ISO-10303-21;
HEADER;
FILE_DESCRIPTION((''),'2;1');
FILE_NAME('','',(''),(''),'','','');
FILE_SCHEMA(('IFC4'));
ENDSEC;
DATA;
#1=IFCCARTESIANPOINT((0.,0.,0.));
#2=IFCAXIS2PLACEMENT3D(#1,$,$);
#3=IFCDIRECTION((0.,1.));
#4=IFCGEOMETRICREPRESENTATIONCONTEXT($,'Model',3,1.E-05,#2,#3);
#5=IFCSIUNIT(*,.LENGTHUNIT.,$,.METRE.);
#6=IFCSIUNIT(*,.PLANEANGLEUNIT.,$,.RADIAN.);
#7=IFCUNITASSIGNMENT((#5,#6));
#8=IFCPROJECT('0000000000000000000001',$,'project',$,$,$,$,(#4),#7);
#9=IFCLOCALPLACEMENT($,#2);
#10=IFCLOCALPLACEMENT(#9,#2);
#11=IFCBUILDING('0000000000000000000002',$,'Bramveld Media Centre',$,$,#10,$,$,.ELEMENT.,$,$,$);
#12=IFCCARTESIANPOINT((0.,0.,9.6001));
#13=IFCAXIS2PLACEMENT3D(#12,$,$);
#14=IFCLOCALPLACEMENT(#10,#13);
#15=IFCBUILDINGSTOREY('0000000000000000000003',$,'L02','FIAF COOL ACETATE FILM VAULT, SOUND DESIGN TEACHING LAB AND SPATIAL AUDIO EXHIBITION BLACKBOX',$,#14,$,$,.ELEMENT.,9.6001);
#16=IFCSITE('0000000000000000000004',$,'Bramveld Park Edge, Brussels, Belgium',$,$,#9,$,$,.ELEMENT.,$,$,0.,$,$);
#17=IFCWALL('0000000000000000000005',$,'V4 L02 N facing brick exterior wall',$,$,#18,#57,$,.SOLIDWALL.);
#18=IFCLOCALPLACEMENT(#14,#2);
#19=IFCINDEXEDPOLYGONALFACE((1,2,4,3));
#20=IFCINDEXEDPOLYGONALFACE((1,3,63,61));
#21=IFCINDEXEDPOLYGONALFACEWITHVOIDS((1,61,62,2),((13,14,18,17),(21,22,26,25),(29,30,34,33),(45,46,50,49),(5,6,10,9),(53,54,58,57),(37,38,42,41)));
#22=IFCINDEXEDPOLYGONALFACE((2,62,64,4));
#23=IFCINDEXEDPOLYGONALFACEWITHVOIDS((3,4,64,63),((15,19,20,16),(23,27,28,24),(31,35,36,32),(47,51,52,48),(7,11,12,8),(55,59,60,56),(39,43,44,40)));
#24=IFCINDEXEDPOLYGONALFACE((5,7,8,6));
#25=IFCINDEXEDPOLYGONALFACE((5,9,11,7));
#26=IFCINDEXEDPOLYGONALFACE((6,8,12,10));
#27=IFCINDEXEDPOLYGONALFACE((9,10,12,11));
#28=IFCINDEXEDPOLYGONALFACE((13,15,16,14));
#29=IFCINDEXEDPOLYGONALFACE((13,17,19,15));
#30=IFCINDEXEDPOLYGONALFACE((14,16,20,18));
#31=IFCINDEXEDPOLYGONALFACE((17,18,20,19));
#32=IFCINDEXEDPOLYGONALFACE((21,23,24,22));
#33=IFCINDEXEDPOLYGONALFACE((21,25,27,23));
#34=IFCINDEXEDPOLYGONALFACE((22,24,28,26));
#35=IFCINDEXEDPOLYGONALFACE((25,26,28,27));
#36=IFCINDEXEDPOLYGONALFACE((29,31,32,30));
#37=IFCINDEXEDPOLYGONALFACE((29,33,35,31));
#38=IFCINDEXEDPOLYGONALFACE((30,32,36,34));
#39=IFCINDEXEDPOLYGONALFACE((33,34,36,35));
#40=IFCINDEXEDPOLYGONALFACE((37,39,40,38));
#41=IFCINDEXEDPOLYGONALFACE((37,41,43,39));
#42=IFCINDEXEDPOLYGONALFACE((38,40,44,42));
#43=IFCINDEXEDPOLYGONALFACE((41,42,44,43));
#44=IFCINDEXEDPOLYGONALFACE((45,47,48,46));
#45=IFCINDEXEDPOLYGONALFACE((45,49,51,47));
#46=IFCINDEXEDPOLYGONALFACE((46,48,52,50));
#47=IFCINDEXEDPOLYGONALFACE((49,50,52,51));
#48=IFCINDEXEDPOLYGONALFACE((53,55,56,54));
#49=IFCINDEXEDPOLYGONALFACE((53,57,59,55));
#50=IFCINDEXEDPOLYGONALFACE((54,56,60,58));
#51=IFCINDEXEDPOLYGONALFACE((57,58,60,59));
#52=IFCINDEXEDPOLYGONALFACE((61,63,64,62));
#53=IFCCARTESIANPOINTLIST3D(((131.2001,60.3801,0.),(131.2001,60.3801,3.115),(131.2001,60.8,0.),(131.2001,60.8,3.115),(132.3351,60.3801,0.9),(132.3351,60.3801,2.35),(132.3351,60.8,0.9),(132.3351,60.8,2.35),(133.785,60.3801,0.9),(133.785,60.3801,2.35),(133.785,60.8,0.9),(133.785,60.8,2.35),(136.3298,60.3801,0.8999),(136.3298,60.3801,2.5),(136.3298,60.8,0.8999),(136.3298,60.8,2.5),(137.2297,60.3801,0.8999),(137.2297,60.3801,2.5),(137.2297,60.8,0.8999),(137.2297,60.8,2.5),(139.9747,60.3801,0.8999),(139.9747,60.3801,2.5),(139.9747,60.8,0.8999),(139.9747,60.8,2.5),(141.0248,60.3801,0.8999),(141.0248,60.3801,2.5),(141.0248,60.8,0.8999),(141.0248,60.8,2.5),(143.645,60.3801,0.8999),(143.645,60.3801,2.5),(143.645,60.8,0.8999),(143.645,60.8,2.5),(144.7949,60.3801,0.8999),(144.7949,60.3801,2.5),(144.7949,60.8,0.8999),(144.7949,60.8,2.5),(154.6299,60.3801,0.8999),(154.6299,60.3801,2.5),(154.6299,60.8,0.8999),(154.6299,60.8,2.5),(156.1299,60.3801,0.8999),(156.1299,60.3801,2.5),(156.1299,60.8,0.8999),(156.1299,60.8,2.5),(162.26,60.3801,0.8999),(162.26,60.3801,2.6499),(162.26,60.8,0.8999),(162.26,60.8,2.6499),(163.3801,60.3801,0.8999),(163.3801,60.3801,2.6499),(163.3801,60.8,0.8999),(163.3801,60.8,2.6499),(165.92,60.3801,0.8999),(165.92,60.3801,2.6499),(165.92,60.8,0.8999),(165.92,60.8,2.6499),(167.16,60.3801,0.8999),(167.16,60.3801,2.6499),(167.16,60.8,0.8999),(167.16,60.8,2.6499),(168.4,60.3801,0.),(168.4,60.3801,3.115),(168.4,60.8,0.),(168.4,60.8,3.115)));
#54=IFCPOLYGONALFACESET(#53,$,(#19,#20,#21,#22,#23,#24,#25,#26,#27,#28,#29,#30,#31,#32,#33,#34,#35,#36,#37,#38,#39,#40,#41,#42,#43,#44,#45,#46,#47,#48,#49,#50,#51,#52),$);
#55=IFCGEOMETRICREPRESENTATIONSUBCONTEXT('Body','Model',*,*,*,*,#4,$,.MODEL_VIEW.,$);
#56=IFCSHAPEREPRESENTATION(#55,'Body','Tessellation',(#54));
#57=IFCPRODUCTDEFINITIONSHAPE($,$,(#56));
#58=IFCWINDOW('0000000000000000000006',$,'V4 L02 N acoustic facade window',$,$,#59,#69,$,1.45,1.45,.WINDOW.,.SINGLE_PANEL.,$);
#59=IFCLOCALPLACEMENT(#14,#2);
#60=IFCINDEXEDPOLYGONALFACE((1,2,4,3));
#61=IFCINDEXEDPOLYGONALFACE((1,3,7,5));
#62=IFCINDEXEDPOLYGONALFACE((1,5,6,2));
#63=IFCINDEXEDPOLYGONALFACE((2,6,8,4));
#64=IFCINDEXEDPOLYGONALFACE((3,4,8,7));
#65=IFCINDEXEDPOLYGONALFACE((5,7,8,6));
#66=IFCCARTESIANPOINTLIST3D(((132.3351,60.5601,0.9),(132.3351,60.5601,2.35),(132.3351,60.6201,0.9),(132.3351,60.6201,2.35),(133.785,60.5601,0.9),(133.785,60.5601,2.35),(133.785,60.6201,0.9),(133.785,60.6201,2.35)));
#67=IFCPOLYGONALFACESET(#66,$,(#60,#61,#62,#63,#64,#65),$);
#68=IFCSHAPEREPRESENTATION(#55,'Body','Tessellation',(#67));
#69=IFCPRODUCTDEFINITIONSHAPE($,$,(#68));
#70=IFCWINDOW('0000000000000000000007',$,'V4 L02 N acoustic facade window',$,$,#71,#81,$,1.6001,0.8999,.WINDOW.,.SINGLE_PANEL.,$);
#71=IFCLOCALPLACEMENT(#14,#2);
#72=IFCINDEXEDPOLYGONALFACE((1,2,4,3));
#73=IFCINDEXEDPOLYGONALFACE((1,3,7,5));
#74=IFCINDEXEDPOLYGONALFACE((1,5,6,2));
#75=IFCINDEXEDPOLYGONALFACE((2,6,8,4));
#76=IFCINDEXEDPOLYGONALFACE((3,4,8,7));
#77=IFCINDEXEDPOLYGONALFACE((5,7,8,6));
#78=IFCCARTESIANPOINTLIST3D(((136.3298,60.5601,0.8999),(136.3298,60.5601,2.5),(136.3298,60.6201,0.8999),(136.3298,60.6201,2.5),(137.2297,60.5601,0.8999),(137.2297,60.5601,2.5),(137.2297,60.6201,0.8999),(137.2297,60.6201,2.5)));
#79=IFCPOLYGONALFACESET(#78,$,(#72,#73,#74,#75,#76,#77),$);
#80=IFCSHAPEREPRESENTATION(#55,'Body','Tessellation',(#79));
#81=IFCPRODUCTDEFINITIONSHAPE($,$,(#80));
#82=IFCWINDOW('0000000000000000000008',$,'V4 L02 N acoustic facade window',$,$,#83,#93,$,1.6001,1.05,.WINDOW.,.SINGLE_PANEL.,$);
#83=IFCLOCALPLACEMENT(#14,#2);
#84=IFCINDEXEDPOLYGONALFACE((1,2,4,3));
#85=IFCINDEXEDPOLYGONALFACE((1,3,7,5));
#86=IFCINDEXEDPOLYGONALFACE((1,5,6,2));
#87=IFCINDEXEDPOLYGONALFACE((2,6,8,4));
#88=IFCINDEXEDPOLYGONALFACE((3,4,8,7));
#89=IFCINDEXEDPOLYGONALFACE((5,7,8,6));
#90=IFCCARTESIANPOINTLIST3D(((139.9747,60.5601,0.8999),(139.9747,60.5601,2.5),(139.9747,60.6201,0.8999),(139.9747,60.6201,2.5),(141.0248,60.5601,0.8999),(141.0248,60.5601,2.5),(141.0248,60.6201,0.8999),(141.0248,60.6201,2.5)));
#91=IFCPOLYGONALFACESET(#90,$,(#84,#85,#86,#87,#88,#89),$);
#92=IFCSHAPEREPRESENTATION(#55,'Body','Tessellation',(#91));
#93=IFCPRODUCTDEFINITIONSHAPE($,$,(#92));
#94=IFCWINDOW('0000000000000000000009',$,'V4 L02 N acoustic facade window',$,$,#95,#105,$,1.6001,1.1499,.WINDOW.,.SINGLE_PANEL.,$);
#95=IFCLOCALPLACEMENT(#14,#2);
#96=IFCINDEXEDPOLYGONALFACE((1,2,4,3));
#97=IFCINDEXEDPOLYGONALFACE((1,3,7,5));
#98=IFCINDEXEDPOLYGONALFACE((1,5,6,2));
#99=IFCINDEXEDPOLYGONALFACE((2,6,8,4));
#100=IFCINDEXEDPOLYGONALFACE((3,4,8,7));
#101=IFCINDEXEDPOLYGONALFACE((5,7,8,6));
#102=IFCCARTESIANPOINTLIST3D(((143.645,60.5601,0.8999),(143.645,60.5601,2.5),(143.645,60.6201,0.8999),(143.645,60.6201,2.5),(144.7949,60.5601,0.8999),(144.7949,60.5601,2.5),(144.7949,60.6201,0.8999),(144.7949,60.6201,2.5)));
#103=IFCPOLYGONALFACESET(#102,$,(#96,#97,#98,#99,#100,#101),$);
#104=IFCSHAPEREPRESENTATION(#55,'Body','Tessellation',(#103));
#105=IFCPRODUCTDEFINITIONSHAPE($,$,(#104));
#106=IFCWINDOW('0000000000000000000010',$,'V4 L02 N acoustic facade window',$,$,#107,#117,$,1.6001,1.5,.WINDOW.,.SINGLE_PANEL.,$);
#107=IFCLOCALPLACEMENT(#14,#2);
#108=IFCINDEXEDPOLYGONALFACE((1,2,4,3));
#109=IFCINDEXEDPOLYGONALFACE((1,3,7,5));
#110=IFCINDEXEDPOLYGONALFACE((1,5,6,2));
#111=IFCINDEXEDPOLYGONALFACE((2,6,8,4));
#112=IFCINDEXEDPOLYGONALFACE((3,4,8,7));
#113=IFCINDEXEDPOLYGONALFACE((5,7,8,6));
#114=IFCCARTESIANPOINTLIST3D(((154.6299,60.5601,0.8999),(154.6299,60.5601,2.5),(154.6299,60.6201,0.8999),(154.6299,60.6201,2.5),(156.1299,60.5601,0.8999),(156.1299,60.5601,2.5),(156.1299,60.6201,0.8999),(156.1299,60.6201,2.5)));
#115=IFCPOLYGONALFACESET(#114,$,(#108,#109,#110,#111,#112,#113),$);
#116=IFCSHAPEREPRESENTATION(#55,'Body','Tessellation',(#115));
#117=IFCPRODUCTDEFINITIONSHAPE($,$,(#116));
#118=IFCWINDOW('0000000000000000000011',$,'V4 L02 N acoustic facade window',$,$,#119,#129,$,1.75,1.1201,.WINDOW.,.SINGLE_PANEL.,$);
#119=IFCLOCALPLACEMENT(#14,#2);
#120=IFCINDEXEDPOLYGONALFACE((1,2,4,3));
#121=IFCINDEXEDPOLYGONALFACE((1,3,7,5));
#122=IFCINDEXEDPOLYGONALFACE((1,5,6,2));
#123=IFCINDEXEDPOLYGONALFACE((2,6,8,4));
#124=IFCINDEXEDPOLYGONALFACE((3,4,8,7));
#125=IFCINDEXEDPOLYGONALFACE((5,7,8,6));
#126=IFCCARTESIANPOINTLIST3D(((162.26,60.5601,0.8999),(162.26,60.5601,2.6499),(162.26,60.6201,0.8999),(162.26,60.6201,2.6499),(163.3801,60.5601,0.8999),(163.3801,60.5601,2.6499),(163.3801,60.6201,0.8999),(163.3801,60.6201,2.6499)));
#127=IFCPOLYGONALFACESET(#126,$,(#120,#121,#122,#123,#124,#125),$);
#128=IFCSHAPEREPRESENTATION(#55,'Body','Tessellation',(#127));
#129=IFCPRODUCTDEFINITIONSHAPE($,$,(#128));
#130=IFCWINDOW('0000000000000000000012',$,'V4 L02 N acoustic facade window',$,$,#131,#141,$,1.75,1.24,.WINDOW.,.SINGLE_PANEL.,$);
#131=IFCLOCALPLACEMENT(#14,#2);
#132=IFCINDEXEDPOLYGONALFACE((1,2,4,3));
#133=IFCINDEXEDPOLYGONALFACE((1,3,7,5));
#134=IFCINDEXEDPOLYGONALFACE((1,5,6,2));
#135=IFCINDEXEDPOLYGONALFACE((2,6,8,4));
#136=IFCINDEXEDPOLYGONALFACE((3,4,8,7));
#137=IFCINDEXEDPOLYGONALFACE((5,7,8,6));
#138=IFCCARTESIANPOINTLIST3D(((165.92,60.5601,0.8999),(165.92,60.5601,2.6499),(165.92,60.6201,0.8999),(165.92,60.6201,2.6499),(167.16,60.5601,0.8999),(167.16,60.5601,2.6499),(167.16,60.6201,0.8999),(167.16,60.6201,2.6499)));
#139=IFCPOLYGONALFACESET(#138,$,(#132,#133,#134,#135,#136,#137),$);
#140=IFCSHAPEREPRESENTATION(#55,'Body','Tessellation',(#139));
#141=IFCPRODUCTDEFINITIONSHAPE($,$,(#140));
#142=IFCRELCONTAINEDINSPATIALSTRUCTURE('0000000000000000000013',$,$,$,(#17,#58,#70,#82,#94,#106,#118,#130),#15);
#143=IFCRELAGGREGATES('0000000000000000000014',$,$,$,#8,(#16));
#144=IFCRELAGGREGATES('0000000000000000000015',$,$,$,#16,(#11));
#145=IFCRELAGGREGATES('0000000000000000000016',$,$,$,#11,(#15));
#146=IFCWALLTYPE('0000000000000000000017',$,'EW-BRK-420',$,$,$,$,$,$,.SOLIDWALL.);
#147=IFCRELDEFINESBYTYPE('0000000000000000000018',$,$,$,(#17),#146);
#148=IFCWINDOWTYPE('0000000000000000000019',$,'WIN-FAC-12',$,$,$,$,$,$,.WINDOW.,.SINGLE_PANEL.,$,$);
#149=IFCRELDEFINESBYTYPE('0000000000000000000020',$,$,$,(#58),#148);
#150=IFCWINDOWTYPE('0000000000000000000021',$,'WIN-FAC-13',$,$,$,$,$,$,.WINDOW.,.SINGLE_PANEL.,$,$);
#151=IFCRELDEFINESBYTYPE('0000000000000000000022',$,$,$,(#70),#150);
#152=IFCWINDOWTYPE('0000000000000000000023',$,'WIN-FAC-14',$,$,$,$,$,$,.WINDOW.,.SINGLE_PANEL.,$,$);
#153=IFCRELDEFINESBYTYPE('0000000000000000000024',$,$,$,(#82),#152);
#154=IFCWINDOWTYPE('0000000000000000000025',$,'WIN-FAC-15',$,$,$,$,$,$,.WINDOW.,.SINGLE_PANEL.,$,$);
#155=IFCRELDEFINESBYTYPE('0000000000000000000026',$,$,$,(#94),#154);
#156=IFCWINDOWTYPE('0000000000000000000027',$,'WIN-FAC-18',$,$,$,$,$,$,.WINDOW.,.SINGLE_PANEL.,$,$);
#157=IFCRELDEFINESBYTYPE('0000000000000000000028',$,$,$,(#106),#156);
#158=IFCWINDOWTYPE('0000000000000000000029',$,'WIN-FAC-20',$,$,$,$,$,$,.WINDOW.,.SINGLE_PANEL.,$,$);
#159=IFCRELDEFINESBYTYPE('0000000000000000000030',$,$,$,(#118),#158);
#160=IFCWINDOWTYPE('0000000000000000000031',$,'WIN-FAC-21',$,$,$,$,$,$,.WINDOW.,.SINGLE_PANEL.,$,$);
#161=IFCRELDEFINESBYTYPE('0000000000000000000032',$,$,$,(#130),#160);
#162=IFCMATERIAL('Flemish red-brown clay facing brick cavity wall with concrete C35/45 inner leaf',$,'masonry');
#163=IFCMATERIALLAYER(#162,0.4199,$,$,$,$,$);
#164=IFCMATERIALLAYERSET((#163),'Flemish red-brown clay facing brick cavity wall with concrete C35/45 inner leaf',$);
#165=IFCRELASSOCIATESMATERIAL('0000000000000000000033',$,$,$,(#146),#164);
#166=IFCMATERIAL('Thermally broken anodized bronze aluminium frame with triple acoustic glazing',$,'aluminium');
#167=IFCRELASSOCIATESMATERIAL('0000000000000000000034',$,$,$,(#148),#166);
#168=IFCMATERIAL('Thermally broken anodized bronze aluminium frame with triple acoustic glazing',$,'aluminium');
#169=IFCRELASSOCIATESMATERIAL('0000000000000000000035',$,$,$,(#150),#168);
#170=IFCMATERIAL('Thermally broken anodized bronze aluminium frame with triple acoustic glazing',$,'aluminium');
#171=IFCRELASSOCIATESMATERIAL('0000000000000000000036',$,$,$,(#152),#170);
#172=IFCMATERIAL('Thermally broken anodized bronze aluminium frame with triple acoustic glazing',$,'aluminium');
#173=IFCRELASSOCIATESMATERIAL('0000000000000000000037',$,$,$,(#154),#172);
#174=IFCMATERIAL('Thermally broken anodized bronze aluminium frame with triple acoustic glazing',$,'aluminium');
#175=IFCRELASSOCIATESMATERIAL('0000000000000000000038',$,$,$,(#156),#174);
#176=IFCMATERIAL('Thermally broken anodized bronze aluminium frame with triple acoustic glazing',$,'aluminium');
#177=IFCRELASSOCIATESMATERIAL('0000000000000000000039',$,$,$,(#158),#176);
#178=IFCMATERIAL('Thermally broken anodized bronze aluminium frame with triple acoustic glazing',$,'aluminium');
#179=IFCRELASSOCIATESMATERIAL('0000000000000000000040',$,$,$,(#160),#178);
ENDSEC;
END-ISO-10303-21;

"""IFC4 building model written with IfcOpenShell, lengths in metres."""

from ifc_helpers import new_model, si_unit, direction, frame, frame_2d, origin, place, context, subcontext, project, spatial, rectangle, extrude, material, layer, layer_set, type_object, element, fill, save


model = new_model("IFC4")

# Units and contexts
model_context = context("Model", 3, precision=1e-05, world=origin(), true_north=direction((0.0, 1.0)))
body_context = subcontext(model_context, "Body", "Model", "MODEL_VIEW")
ifc_project = project(units=[si_unit("LENGTHUNIT", "METRE"), si_unit("PLANEANGLEUNIT", "RADIAN")], contexts=[model_context])

# Site, building, storey
site_placement = place(None, origin())
site = spatial("IfcSite", under=ifc_project, at=site_placement, Name="Bramveld Park Edge, Brussels, Belgium", CompositionType="ELEMENT", RefElevation=0.0)
building_placement = place(site_placement, origin())
building = spatial("IfcBuilding", under=site, at=building_placement, Name="Bramveld Media Centre", CompositionType="ELEMENT")
storey_placement = place(building_placement, frame((0.0, 0.0, 9.6001)))
storey = spatial("IfcBuildingStorey", under=building, at=storey_placement, Name="L02", Description="FIAF COOL ACETATE FILM VAULT, SOUND DESIGN TEACHING LAB AND SPATIAL AUDIO EXHIBITION BLACKBOX", CompositionType="ELEMENT", Elevation=9.6001)

# Wall, openings, windows
ifc_material_1 = material(Name="Flemish red-brown clay facing brick cavity wall with concrete C35/45 inner leaf", Category="masonry")
ifc_layer_1 = layer(ifc_material_1, 0.4199)
ifc_layer_set_1 = layer_set([ifc_layer_1], Name="Flemish red-brown clay facing brick cavity wall with concrete C35/45 inner leaf")
wall_type_1 = type_object("IfcWallType", Name="EW-BRK-420", PredefinedType="SOLIDWALL", material=ifc_layer_set_1)
wall_1_placement = place(storey_placement, frame((131.2, 60.5901, 0.0), z_axis=(0.0, 0.0, 1.0), x_axis=(1.0, 0.0, 0.0)))
wall_1 = element("IfcWall", 1, at=wall_1_placement, inside=storey, type_object=wall_type_1, Name="V4 L02 N facing brick exterior wall", PredefinedType="SOLIDWALL", context=body_context, shape_type="SweptSolid", body=[
    extrude(rectangle(XDim=37.2, YDim=0.4199, at=frame_2d((18.6001, 0.0))), origin(), (0.0, 0.0, 1.0), 3.115),
])
opening_1_placement = place(wall_1_placement, frame((1.135, 0.0, 0.8999)))
opening_1 = element("IfcOpeningElement", 2, at=opening_1_placement, cuts=wall_1, PredefinedType="OPENING", context=body_context, shape_type="SweptSolid", body=[
    extrude(rectangle(XDim=1.45, YDim=1.45, at=frame_2d((0.7251, 0.7251))), frame((0.0, 0.2219, 0.0), z_axis=(0.0, -1.0, 0.0), x_axis=(1.0, 0.0, 0.0)), (0.0, 0.0, 1.0), 0.4438),
])
opening_2_placement = place(wall_1_placement, frame((5.1299, 0.0, 0.8999)))
opening_2 = element("IfcOpeningElement", 3, at=opening_2_placement, cuts=wall_1, PredefinedType="OPENING", context=body_context, shape_type="SweptSolid", body=[
    extrude(rectangle(XDim=0.8999, YDim=1.6001, at=frame_2d((0.45, 0.8))), frame((0.0, 0.2219, 0.0), z_axis=(0.0, -1.0, 0.0), x_axis=(1.0, 0.0, 0.0)), (0.0, 0.0, 1.0), 0.4438),
])
opening_3_placement = place(wall_1_placement, frame((8.7749, 0.0, 0.8999)))
opening_3 = element("IfcOpeningElement", 4, at=opening_3_placement, cuts=wall_1, PredefinedType="OPENING", context=body_context, shape_type="SweptSolid", body=[
    extrude(rectangle(XDim=1.05, YDim=1.6001, at=frame_2d((0.5249, 0.8))), frame((0.0, 0.2219, 0.0), z_axis=(0.0, -1.0, 0.0), x_axis=(1.0, 0.0, 0.0)), (0.0, 0.0, 1.0), 0.4438),
])
opening_4_placement = place(wall_1_placement, frame((12.4451, 0.0, 0.8999)))
opening_4 = element("IfcOpeningElement", 5, at=opening_4_placement, cuts=wall_1, PredefinedType="OPENING", context=body_context, shape_type="SweptSolid", body=[
    extrude(rectangle(XDim=1.1499, YDim=1.6001, at=frame_2d((0.575, 0.8))), frame((0.0, 0.2219, 0.0), z_axis=(0.0, -1.0, 0.0), x_axis=(1.0, 0.0, 0.0)), (0.0, 0.0, 1.0), 0.4438),
])
opening_5_placement = place(wall_1_placement, frame((23.4299, 0.0, 0.8999)))
opening_5 = element("IfcOpeningElement", 6, at=opening_5_placement, cuts=wall_1, PredefinedType="OPENING", context=body_context, shape_type="SweptSolid", body=[
    extrude(rectangle(XDim=1.5, YDim=1.6001, at=frame_2d((0.75, 0.8))), frame((0.0, 0.2219, 0.0), z_axis=(0.0, -1.0, 0.0), x_axis=(1.0, 0.0, 0.0)), (0.0, 0.0, 1.0), 0.4438),
])
opening_6_placement = place(wall_1_placement, frame((31.0601, 0.0, 0.8999)))
opening_6 = element("IfcOpeningElement", 7, at=opening_6_placement, cuts=wall_1, PredefinedType="OPENING", context=body_context, shape_type="SweptSolid", body=[
    extrude(rectangle(XDim=1.1201, YDim=1.75, at=frame_2d((0.5601, 0.875))), frame((0.0, 0.2219, 0.0), z_axis=(0.0, -1.0, 0.0), x_axis=(1.0, 0.0, 0.0)), (0.0, 0.0, 1.0), 0.4438),
])
opening_7_placement = place(wall_1_placement, frame((34.72, 0.0, 0.8999)))
opening_7 = element("IfcOpeningElement", 8, at=opening_7_placement, cuts=wall_1, PredefinedType="OPENING", context=body_context, shape_type="SweptSolid", body=[
    extrude(rectangle(XDim=1.24, YDim=1.75, at=frame_2d((0.6201, 0.875))), frame((0.0, 0.2219, 0.0), z_axis=(0.0, -1.0, 0.0), x_axis=(1.0, 0.0, 0.0)), (0.0, 0.0, 1.0), 0.4438),
])
ifc_material_2 = material(Name="Thermally broken anodized bronze aluminium frame with triple acoustic glazing", Category="aluminium")
window_type_1 = type_object("IfcWindowType", Name="WIN-FAC-12", PartitioningType="SINGLE_PANEL", PredefinedType="WINDOW", material=ifc_material_2)
window_1_placement = place(opening_1_placement, origin())
window_1 = element("IfcWindow", 9, at=window_1_placement, inside=storey, type_object=window_type_1, Name="V4 L02 N acoustic facade window", OverallHeight=1.45, OverallWidth=1.45, PartitioningType="SINGLE_PANEL", PredefinedType="WINDOW", context=body_context, shape_type="SweptSolid", body=[
    extrude(rectangle(XDim=1.45, YDim=1.45, at=frame_2d((0.7251, 0.7251))), frame((0.0, 0.03, 0.0), z_axis=(0.0, -1.0, 0.0), x_axis=(1.0, 0.0, 0.0)), (0.0, 0.0, 1.0), 0.0601),
])
fill(opening_1, window_1)
ifc_material_3 = material(Name="Thermally broken anodized bronze aluminium frame with triple acoustic glazing", Category="aluminium")
window_type_2 = type_object("IfcWindowType", Name="WIN-FAC-13", PartitioningType="SINGLE_PANEL", PredefinedType="WINDOW", material=ifc_material_3)
window_2_placement = place(opening_2_placement, origin())
window_2 = element("IfcWindow", 10, at=window_2_placement, inside=storey, type_object=window_type_2, Name="V4 L02 N acoustic facade window", OverallHeight=1.6001, OverallWidth=0.8999, PartitioningType="SINGLE_PANEL", PredefinedType="WINDOW", context=body_context, shape_type="SweptSolid", body=[
    extrude(rectangle(XDim=0.8999, YDim=1.6001, at=frame_2d((0.45, 0.8))), frame((0.0, 0.03, 0.0), z_axis=(0.0, -1.0, 0.0), x_axis=(1.0, 0.0, 0.0)), (0.0, 0.0, 1.0), 0.0601),
])
fill(opening_2, window_2)
ifc_material_4 = material(Name="Thermally broken anodized bronze aluminium frame with triple acoustic glazing", Category="aluminium")
window_type_3 = type_object("IfcWindowType", Name="WIN-FAC-14", PartitioningType="SINGLE_PANEL", PredefinedType="WINDOW", material=ifc_material_4)
window_3_placement = place(opening_3_placement, origin())
window_3 = element("IfcWindow", 11, at=window_3_placement, inside=storey, type_object=window_type_3, Name="V4 L02 N acoustic facade window", OverallHeight=1.6001, OverallWidth=1.05, PartitioningType="SINGLE_PANEL", PredefinedType="WINDOW", context=body_context, shape_type="SweptSolid", body=[
    extrude(rectangle(XDim=1.05, YDim=1.6001, at=frame_2d((0.5249, 0.8))), frame((0.0, 0.03, 0.0), z_axis=(0.0, -1.0, 0.0), x_axis=(1.0, 0.0, 0.0)), (0.0, 0.0, 1.0), 0.0601),
])
fill(opening_3, window_3)
ifc_material_5 = material(Name="Thermally broken anodized bronze aluminium frame with triple acoustic glazing", Category="aluminium")
window_type_4 = type_object("IfcWindowType", Name="WIN-FAC-15", PartitioningType="SINGLE_PANEL", PredefinedType="WINDOW", material=ifc_material_5)
window_4_placement = place(opening_4_placement, origin())
window_4 = element("IfcWindow", 12, at=window_4_placement, inside=storey, type_object=window_type_4, Name="V4 L02 N acoustic facade window", OverallHeight=1.6001, OverallWidth=1.1499, PartitioningType="SINGLE_PANEL", PredefinedType="WINDOW", context=body_context, shape_type="SweptSolid", body=[
    extrude(rectangle(XDim=1.1499, YDim=1.6001, at=frame_2d((0.575, 0.8))), frame((0.0, 0.03, 0.0), z_axis=(0.0, -1.0, 0.0), x_axis=(1.0, 0.0, 0.0)), (0.0, 0.0, 1.0), 0.0601),
])
fill(opening_4, window_4)
ifc_material_6 = material(Name="Thermally broken anodized bronze aluminium frame with triple acoustic glazing", Category="aluminium")
window_type_5 = type_object("IfcWindowType", Name="WIN-FAC-18", PartitioningType="SINGLE_PANEL", PredefinedType="WINDOW", material=ifc_material_6)
window_5_placement = place(opening_5_placement, origin())
window_5 = element("IfcWindow", 13, at=window_5_placement, inside=storey, type_object=window_type_5, Name="V4 L02 N acoustic facade window", OverallHeight=1.6001, OverallWidth=1.5, PartitioningType="SINGLE_PANEL", PredefinedType="WINDOW", context=body_context, shape_type="SweptSolid", body=[
    extrude(rectangle(XDim=1.5, YDim=1.6001, at=frame_2d((0.75, 0.8))), frame((0.0, 0.03, 0.0), z_axis=(0.0, -1.0, 0.0), x_axis=(1.0, 0.0, 0.0)), (0.0, 0.0, 1.0), 0.0601),
])
fill(opening_5, window_5)
ifc_material_7 = material(Name="Thermally broken anodized bronze aluminium frame with triple acoustic glazing", Category="aluminium")
window_type_6 = type_object("IfcWindowType", Name="WIN-FAC-20", PartitioningType="SINGLE_PANEL", PredefinedType="WINDOW", material=ifc_material_7)
window_6_placement = place(opening_6_placement, origin())
window_6 = element("IfcWindow", 14, at=window_6_placement, inside=storey, type_object=window_type_6, Name="V4 L02 N acoustic facade window", OverallHeight=1.75, OverallWidth=1.1201, PartitioningType="SINGLE_PANEL", PredefinedType="WINDOW", context=body_context, shape_type="SweptSolid", body=[
    extrude(rectangle(XDim=1.1201, YDim=1.75, at=frame_2d((0.5601, 0.875))), frame((0.0, 0.03, 0.0), z_axis=(0.0, -1.0, 0.0), x_axis=(1.0, 0.0, 0.0)), (0.0, 0.0, 1.0), 0.0601),
])
fill(opening_6, window_6)
ifc_material_8 = material(Name="Thermally broken anodized bronze aluminium frame with triple acoustic glazing", Category="aluminium")
window_type_7 = type_object("IfcWindowType", Name="WIN-FAC-21", PartitioningType="SINGLE_PANEL", PredefinedType="WINDOW", material=ifc_material_8)
window_7_placement = place(opening_7_placement, origin())
window_7 = element("IfcWindow", 15, at=window_7_placement, inside=storey, type_object=window_type_7, Name="V4 L02 N acoustic facade window", OverallHeight=1.75, OverallWidth=1.24, PartitioningType="SINGLE_PANEL", PredefinedType="WINDOW", context=body_context, shape_type="SweptSolid", body=[
    extrude(rectangle(XDim=1.24, YDim=1.75, at=frame_2d((0.6201, 0.875))), frame((0.0, 0.03, 0.0), z_axis=(0.0, -1.0, 0.0), x_axis=(1.0, 0.0, 0.0)), (0.0, 0.0, 1.0), 0.0601),
])
fill(opening_7, window_7)

save(model, "model.ifc")
